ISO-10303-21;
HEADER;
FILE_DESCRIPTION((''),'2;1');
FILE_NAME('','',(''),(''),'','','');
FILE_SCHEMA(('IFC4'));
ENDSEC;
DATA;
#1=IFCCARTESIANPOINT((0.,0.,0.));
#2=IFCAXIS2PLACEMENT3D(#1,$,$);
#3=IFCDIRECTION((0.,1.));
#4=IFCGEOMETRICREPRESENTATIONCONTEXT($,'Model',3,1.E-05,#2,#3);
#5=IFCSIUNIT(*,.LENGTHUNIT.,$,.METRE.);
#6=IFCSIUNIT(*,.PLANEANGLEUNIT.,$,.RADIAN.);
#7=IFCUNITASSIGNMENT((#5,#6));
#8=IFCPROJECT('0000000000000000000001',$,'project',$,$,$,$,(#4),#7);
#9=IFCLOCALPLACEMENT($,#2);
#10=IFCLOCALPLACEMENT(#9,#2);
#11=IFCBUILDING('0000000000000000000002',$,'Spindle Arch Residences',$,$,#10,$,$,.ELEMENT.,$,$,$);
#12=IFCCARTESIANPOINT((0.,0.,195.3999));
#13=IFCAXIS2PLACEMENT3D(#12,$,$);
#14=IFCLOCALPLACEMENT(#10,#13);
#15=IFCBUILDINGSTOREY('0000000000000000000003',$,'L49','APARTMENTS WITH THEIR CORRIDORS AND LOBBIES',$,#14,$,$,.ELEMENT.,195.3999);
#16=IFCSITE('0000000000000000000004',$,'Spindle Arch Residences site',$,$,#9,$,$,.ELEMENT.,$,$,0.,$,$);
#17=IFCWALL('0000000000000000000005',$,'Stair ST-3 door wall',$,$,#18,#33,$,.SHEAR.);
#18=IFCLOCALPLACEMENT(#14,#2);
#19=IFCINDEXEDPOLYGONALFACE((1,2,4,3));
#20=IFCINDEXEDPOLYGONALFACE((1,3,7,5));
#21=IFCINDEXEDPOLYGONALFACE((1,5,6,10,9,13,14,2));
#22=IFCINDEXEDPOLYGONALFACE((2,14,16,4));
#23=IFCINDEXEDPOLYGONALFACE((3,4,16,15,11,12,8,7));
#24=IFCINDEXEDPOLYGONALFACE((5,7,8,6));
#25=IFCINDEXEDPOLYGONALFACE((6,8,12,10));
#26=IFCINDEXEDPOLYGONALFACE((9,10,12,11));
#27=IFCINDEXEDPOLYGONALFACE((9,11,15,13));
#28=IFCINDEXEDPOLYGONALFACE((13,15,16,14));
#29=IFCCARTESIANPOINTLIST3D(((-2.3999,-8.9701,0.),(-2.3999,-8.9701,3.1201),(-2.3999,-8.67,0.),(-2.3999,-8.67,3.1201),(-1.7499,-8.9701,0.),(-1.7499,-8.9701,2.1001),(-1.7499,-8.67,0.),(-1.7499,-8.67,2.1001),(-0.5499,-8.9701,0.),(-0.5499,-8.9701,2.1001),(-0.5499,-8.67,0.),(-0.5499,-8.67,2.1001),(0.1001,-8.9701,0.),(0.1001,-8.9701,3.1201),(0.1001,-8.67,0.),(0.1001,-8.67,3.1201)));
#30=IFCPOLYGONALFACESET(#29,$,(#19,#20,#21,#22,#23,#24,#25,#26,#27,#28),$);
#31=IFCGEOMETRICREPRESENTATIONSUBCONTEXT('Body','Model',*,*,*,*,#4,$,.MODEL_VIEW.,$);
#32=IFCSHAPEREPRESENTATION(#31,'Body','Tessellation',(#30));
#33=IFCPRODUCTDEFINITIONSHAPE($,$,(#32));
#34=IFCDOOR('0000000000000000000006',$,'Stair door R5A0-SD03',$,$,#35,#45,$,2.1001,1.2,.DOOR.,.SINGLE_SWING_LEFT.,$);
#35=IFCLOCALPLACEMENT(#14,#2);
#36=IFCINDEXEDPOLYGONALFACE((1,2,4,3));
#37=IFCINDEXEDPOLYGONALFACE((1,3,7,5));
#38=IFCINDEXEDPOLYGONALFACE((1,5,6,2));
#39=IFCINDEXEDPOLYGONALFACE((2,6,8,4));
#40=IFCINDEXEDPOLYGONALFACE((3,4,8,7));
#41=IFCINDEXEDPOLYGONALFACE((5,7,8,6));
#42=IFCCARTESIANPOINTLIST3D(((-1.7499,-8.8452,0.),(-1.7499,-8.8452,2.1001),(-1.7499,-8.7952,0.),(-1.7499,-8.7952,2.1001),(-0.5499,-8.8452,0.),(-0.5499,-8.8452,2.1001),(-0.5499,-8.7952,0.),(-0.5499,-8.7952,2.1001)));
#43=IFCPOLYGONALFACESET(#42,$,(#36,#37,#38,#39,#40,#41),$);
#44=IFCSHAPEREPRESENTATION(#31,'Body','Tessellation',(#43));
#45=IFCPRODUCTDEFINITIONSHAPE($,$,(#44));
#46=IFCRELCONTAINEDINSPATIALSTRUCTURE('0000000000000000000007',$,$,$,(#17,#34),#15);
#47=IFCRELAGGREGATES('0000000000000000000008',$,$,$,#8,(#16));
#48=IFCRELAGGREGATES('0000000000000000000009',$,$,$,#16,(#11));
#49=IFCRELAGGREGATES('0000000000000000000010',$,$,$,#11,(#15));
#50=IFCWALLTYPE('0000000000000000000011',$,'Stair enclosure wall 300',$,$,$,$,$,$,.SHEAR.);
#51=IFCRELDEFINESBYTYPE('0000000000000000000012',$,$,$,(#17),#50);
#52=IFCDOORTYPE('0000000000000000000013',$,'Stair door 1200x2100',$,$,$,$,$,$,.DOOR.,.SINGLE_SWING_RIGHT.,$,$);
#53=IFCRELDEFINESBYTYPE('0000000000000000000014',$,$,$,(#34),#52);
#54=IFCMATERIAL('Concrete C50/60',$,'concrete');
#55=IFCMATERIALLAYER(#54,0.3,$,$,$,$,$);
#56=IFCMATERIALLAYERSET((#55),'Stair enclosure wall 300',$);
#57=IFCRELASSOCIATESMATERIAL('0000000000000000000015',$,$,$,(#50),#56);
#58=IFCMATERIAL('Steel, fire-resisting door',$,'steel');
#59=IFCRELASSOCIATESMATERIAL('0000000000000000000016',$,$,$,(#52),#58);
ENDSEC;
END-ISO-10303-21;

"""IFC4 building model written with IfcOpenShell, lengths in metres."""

from ifc_helpers import new_model, si_unit, direction, frame, frame_2d, origin, place, context, subcontext, project, spatial, rectangle, extrude, material, layer, layer_set, type_object, element, fill, save


model = new_model("IFC4")

# Units and contexts
model_context = context("Model", 3, precision=1e-05, world=origin(), true_north=direction((0.0, 1.0)))
body_context = subcontext(model_context, "Body", "Model", "MODEL_VIEW")
ifc_project = project(units=[si_unit("LENGTHUNIT", "METRE"), si_unit("PLANEANGLEUNIT", "RADIAN")], contexts=[model_context])

# Site, building, storey
site_placement = place(None, origin())
site = spatial("IfcSite", under=ifc_project, at=site_placement, Name="Spindle Arch Residences site", CompositionType="ELEMENT", RefElevation=0.0)
building_placement = place(site_placement, origin())
building = spatial("IfcBuilding", under=site, at=building_placement, Name="Spindle Arch Residences", CompositionType="ELEMENT")
storey_placement = place(building_placement, frame((0.0, 0.0, 195.3999)))
storey = spatial("IfcBuildingStorey", under=building, at=storey_placement, Name="L49", Description="APARTMENTS WITH THEIR CORRIDORS AND LOBBIES", CompositionType="ELEMENT", Elevation=195.3999)

# Shared definitions
ifc_material_1 = material(Name="Concrete C50/60", Category="concrete")
ifc_layer_1 = layer(ifc_material_1, 0.3)
ifc_layer_set_1 = layer_set([ifc_layer_1], Name="Stair enclosure wall 300")
wall_type_1 = type_object("IfcWallType", Name="Stair enclosure wall 300", PredefinedType="SHEAR", material=ifc_layer_set_1)

# Wall, opening, door
wall_1_placement = place(storey_placement, frame((-2.3999, -8.8201, 0.0), z_axis=(0.0, 0.0, 1.0), x_axis=(1.0, 0.0, 0.0)))
wall_1 = element("IfcWall", 1, at=wall_1_placement, inside=storey, type_object=wall_type_1, Name="Stair ST-3 door wall", PredefinedType="SHEAR", context=body_context, shape_type="SweptSolid", body=[
    extrude(rectangle(XDim=2.5, YDim=0.3, at=frame_2d((1.25, 0.0))), origin(), (0.0, 0.0, 1.0), 3.1201),
])
opening_1_placement = place(wall_1_placement, frame((0.6499, 0.0, 0.0)))
opening_1 = element("IfcOpeningElement", 2, at=opening_1_placement, cuts=wall_1, PredefinedType="OPENING", context=body_context, shape_type="SweptSolid", body=[
    extrude(rectangle(XDim=1.2, YDim=2.1001, at=frame_2d((0.6001, 1.05))), frame((0.0, 0.1602, 0.0), z_axis=(0.0, -1.0, 0.0), x_axis=(1.0, 0.0, 0.0)), (0.0, 0.0, 1.0), 0.3201),
])
ifc_material_2 = material(Name="Steel, fire-resisting door", Category="steel")
door_type_1 = type_object("IfcDoorType", Name="Stair door 1200x2100", OperationType="SINGLE_SWING_RIGHT", PredefinedType="DOOR", material=ifc_material_2)
door_1_placement = place(opening_1_placement, origin())
door_1 = element("IfcDoor", 3, at=door_1_placement, inside=storey, type_object=door_type_1, Name="Stair door R5A0-SD03", OperationType="SINGLE_SWING_LEFT", OverallHeight=2.1001, OverallWidth=1.2, PredefinedType="DOOR", context=body_context, shape_type="SweptSolid", body=[
    extrude(rectangle(XDim=1.2, YDim=2.1001, at=frame_2d((0.6001, 1.05))), frame((0.0, 0.0249, 0.0), z_axis=(0.0, -1.0, 0.0), x_axis=(1.0, 0.0, 0.0)), (0.0, 0.0, 1.0), 0.05),
])
fill(opening_1, door_1)

save(model, "model.ifc")
